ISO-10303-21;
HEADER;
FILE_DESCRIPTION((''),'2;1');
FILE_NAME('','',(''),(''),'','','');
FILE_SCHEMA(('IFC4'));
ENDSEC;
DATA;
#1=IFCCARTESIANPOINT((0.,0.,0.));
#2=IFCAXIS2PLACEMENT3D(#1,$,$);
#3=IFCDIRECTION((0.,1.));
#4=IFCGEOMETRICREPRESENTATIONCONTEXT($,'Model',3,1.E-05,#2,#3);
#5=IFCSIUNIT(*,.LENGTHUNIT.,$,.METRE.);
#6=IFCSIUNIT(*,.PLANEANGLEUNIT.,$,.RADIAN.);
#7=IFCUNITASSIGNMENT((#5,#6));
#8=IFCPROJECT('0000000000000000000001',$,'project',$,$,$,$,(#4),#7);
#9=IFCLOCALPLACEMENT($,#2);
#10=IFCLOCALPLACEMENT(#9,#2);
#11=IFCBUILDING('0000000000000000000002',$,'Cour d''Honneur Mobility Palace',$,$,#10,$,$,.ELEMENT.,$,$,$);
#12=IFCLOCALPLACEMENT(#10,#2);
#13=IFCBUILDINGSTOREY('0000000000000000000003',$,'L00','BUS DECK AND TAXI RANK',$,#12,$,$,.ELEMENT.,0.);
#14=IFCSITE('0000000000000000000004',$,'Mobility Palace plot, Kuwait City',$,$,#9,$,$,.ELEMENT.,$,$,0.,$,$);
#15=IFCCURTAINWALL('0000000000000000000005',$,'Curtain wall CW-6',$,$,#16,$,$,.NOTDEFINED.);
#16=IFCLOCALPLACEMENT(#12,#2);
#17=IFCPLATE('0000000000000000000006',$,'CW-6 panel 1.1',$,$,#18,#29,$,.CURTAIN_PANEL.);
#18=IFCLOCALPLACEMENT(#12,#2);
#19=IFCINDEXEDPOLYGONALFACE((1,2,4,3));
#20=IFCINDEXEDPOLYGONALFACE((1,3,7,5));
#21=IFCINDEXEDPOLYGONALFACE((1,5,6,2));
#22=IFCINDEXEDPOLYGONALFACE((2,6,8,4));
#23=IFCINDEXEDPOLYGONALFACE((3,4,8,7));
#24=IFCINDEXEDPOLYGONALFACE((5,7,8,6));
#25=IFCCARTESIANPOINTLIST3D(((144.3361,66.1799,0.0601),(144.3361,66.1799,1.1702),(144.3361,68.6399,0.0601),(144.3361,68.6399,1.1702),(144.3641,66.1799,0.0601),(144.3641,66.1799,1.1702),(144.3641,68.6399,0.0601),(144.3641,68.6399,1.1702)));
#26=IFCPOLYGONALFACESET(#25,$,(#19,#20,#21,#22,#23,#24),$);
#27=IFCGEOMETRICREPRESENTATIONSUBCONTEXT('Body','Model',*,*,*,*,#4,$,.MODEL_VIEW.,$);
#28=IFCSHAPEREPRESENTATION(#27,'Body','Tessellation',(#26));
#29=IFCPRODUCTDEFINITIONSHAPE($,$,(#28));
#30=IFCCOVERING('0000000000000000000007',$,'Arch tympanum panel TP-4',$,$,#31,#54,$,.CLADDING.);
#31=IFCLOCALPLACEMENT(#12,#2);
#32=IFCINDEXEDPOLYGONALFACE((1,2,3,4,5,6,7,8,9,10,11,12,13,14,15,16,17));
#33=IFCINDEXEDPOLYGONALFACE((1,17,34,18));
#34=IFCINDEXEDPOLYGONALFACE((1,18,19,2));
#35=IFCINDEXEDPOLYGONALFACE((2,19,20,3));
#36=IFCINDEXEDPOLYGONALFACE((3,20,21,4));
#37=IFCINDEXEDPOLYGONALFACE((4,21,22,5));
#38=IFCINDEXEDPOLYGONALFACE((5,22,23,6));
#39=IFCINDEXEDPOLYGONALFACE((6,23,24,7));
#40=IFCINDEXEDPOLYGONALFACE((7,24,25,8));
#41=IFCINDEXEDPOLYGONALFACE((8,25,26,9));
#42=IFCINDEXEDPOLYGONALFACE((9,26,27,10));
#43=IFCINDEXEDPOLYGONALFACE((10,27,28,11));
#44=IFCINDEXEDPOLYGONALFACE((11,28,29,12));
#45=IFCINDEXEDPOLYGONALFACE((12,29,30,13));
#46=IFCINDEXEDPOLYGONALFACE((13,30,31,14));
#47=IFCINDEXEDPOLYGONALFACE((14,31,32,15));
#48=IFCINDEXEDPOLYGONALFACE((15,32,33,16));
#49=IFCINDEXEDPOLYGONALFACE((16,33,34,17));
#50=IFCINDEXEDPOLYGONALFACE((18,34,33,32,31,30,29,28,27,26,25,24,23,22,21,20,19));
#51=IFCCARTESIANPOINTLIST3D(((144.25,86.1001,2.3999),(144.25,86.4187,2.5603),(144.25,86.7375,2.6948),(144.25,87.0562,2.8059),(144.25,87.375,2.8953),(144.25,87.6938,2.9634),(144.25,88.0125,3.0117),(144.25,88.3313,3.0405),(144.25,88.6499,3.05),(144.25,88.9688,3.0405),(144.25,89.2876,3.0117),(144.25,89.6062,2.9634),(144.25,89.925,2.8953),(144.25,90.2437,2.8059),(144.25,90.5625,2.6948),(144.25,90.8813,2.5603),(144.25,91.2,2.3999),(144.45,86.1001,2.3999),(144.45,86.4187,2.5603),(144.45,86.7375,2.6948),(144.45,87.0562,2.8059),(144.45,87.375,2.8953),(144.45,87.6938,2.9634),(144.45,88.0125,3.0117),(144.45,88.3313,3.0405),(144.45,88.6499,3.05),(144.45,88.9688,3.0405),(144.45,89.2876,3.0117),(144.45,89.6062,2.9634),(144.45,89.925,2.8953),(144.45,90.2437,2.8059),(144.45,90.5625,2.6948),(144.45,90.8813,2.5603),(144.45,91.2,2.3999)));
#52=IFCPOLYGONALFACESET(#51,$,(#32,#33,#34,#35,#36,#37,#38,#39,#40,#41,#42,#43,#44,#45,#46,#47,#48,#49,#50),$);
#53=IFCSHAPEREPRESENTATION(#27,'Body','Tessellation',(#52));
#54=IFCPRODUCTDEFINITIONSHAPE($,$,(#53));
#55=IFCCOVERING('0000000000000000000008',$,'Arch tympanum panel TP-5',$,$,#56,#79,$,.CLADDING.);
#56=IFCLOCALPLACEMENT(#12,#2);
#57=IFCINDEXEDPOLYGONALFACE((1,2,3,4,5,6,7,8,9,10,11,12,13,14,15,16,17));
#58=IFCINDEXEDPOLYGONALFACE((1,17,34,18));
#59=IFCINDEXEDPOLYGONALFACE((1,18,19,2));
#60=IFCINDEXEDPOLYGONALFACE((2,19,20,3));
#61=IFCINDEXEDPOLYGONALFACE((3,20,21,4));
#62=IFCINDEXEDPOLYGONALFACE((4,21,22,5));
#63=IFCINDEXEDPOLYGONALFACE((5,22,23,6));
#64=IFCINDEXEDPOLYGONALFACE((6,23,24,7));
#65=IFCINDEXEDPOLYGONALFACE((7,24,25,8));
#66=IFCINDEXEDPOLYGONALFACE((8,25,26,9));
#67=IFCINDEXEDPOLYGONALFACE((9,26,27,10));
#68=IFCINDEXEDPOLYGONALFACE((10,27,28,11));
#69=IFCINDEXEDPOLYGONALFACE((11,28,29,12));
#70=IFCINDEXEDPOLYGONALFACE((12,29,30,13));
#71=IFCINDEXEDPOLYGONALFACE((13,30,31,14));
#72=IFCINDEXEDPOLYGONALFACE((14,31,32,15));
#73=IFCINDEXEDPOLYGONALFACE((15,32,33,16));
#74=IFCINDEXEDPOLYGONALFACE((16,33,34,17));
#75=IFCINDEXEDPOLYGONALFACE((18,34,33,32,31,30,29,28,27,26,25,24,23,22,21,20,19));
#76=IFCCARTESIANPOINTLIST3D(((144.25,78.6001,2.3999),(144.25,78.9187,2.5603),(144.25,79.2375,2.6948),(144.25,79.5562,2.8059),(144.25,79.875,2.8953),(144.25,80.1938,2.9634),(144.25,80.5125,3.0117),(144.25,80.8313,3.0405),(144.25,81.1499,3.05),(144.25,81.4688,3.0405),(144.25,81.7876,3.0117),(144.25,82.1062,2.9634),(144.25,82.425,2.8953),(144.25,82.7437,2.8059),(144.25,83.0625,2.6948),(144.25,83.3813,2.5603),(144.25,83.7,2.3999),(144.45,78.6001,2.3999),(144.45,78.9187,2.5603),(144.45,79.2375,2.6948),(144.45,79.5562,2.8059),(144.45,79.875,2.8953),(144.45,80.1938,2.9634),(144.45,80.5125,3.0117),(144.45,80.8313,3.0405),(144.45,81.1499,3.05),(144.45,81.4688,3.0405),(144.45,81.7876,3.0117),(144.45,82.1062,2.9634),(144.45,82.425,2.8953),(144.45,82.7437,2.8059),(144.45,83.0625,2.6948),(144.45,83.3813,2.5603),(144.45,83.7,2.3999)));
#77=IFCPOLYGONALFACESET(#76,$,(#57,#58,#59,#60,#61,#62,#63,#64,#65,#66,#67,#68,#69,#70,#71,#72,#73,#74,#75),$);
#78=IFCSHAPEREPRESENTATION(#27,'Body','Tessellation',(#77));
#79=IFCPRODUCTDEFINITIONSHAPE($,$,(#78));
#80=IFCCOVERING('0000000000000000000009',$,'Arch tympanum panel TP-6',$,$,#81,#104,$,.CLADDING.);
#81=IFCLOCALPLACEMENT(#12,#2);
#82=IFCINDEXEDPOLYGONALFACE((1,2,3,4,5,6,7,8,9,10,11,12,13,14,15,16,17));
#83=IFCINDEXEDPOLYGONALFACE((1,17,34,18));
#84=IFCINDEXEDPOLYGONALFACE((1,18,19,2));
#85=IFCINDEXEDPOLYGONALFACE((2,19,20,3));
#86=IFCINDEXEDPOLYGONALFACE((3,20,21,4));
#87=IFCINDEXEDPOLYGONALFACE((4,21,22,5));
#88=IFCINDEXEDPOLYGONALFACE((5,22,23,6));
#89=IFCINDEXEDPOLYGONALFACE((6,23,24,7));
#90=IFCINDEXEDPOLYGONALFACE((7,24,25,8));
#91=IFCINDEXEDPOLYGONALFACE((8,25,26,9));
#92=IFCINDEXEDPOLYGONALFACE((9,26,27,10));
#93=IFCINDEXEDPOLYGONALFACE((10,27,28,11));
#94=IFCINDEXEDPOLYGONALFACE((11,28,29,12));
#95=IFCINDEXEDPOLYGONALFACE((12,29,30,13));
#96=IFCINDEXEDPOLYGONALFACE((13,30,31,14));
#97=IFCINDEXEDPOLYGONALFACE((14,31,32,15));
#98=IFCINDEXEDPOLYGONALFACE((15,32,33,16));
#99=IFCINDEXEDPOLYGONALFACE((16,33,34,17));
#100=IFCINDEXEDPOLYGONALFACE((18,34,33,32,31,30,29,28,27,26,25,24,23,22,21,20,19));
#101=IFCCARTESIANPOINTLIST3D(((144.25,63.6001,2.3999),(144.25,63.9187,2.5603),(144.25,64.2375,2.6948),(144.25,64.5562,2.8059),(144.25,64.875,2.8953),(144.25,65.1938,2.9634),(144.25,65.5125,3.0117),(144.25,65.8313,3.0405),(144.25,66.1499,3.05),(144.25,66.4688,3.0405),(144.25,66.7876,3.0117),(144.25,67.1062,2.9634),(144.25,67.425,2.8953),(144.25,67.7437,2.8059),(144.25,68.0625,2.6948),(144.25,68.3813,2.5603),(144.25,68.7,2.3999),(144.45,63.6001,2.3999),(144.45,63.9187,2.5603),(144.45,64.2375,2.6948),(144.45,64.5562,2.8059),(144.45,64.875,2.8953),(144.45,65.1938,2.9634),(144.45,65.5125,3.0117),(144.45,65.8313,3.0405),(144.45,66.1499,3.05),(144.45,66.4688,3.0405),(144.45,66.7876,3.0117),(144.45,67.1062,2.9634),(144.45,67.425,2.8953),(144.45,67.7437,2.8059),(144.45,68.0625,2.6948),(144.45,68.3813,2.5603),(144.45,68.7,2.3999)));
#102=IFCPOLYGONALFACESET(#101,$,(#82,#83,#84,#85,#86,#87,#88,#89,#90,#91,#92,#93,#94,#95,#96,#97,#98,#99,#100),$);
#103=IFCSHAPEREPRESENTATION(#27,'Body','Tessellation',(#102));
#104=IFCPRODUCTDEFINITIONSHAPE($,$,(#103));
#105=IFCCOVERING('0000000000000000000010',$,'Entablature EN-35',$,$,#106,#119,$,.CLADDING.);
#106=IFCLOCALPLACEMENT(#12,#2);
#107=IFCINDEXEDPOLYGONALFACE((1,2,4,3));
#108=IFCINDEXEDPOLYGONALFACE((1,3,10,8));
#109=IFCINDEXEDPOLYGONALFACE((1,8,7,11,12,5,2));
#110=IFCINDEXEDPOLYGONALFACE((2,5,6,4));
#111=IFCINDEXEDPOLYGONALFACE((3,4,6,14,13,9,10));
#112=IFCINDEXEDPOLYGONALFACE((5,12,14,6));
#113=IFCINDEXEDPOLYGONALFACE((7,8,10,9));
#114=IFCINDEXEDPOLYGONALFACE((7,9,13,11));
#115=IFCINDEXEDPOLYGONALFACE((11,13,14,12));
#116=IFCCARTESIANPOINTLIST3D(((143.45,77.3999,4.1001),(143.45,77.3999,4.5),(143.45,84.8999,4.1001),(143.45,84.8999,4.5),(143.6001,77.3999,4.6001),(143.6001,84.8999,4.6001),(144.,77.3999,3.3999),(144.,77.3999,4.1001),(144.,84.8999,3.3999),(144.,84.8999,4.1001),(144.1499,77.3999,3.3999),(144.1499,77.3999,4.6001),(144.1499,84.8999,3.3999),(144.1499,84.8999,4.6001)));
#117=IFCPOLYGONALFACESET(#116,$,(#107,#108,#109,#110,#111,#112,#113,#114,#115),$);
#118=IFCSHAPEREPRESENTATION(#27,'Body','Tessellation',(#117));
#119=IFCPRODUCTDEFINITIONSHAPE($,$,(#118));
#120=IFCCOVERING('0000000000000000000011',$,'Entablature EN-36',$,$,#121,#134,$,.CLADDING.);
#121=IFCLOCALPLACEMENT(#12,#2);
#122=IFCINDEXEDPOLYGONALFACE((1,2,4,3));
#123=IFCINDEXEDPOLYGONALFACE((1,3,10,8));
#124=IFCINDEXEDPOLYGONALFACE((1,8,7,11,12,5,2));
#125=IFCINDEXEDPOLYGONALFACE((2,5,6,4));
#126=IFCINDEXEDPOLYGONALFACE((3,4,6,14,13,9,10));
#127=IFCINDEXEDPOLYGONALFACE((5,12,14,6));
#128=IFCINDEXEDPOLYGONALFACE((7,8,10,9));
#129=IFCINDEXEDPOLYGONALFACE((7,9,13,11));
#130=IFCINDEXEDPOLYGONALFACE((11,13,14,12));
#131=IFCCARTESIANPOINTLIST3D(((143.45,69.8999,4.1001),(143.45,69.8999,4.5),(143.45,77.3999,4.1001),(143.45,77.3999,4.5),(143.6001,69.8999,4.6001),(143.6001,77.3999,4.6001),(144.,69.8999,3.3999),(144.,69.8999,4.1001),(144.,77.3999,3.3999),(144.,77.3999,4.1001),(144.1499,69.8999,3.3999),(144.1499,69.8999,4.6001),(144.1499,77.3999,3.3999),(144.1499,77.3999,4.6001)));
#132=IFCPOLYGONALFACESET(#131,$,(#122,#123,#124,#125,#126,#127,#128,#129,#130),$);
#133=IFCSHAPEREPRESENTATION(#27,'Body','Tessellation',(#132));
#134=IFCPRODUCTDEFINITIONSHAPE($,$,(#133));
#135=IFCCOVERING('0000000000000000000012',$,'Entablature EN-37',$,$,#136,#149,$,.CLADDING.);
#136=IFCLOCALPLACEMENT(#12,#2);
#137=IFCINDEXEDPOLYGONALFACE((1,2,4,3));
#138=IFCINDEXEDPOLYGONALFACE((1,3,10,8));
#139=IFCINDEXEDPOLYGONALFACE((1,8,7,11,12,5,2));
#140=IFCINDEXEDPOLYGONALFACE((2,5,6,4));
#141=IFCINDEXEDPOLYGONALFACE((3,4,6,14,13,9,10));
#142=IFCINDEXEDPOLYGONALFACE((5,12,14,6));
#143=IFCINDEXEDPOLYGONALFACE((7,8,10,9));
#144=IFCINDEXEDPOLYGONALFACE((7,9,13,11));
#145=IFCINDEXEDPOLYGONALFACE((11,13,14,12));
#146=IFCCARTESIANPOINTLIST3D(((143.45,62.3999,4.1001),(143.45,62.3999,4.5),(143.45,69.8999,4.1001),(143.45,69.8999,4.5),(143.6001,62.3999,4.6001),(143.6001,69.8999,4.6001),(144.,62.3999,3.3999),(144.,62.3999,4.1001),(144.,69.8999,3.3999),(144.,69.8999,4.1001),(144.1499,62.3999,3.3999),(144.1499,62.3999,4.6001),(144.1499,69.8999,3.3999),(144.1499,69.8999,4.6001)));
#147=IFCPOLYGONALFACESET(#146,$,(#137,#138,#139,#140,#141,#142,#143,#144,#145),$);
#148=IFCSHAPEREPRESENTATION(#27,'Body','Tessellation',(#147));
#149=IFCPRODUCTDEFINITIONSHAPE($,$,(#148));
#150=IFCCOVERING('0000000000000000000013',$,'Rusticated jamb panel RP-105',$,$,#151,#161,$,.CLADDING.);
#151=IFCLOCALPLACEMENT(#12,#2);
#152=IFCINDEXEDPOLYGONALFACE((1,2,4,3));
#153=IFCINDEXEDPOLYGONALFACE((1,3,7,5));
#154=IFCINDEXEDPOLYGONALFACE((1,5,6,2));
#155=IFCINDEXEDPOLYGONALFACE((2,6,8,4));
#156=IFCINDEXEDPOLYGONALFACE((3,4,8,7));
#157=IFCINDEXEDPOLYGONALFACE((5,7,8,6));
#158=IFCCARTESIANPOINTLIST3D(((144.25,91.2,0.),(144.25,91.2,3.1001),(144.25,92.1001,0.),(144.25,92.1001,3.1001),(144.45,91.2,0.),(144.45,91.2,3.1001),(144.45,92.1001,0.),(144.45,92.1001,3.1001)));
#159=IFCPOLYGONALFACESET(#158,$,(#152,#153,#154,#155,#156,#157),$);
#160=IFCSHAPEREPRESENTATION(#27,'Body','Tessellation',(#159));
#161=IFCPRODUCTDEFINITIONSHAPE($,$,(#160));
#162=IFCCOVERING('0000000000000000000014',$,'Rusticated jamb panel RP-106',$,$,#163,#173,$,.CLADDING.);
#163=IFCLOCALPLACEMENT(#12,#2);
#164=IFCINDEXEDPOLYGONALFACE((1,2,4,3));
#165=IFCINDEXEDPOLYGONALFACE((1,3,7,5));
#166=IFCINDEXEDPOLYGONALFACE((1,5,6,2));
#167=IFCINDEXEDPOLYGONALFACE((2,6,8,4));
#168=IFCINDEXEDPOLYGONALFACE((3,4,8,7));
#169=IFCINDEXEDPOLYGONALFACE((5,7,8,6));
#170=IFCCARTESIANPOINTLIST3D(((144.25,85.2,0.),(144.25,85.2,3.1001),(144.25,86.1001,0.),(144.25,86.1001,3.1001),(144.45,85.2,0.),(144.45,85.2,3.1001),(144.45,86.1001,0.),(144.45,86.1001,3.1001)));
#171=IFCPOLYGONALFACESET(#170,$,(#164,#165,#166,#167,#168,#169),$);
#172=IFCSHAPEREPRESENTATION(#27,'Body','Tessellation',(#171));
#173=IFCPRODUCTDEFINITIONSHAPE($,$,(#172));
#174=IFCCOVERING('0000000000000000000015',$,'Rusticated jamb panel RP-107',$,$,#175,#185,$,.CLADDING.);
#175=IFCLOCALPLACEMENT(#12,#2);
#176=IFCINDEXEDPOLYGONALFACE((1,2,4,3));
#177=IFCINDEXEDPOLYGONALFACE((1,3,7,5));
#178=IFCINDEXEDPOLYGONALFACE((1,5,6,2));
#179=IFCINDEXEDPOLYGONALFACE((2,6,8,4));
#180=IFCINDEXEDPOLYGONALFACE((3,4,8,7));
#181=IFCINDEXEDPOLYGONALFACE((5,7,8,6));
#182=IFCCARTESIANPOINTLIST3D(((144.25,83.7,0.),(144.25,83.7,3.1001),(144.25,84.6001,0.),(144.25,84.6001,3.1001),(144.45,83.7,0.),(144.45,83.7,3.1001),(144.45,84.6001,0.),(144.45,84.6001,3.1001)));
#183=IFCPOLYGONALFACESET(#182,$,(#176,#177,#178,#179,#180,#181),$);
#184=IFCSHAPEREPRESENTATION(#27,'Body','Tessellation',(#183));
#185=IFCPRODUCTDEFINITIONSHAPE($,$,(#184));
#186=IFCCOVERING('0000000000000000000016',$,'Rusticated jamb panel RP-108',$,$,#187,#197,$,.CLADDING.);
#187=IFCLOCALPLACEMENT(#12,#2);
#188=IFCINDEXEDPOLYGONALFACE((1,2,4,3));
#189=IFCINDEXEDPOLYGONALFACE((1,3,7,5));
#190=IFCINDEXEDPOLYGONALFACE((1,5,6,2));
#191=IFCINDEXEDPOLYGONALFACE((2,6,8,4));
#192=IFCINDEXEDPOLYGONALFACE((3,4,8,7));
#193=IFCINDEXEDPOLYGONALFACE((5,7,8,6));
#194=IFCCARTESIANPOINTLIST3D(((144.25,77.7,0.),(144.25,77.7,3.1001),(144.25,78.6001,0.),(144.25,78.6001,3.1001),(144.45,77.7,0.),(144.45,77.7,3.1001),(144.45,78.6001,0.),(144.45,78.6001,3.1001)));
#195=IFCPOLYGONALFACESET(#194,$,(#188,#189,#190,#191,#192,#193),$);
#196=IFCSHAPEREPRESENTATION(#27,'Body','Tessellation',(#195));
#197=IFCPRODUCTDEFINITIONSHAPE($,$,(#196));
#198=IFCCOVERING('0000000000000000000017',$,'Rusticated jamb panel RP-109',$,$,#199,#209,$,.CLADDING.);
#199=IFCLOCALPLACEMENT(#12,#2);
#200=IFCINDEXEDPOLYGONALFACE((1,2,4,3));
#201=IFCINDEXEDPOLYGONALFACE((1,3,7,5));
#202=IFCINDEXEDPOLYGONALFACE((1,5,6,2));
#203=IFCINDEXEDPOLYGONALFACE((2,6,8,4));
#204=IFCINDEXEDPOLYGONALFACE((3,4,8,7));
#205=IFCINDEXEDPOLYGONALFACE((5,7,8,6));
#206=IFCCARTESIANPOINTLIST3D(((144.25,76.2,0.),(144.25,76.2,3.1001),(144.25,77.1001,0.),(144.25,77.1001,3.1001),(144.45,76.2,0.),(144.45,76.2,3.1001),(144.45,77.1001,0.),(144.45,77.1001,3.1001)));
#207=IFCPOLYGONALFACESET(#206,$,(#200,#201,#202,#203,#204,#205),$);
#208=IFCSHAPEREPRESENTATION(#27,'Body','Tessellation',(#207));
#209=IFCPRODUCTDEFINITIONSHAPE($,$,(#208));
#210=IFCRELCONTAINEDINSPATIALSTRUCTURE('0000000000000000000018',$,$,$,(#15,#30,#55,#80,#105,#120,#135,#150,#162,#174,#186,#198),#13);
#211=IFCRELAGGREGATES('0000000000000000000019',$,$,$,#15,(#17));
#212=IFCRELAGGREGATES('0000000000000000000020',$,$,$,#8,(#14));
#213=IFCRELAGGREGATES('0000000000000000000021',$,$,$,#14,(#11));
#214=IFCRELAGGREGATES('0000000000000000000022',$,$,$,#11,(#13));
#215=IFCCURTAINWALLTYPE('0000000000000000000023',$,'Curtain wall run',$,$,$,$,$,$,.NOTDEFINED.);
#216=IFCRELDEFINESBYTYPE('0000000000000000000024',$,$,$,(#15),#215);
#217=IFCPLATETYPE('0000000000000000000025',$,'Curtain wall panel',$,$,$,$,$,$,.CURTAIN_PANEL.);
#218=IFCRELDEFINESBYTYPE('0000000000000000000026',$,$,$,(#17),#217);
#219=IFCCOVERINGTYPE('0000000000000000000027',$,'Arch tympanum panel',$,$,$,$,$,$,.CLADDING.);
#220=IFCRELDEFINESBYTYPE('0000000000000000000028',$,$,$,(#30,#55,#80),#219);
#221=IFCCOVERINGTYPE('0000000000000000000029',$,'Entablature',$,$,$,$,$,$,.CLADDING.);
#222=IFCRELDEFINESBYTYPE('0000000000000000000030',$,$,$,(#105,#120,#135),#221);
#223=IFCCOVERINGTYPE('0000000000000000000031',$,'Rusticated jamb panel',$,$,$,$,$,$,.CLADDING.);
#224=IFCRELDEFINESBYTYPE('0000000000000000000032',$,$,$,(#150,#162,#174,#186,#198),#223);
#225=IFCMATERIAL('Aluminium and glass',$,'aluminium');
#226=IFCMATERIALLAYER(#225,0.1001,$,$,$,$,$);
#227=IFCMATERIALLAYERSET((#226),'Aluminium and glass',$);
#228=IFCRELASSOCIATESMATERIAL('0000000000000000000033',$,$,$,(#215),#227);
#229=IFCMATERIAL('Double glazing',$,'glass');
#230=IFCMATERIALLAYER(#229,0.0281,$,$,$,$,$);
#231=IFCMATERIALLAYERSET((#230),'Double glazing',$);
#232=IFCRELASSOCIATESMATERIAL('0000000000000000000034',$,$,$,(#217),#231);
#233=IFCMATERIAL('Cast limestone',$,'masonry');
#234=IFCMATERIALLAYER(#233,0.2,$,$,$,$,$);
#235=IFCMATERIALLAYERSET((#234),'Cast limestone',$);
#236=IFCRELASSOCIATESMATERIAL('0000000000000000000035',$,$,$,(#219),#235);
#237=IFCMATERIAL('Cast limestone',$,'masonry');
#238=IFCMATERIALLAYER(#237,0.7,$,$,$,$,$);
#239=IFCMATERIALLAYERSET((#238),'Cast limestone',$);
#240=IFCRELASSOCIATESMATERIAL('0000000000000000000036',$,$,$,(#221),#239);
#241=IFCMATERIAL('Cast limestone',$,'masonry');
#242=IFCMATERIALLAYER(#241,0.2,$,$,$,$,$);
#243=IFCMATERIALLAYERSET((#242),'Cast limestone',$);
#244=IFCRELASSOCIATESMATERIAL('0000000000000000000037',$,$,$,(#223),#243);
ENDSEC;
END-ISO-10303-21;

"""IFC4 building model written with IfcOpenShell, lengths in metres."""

from ifc_helpers import new_model, si_unit, direction, frame, origin, origin_2d, place, context, subcontext, project, spatial, polyline, rectangle, outline, extrude, material, layer, layer_set, type_object, element, aggregate, save


model = new_model("IFC4")

# Units and contexts
model_context = context("Model", 3, precision=1e-05, world=origin(), true_north=direction((0.0, 1.0)))
body_context = subcontext(model_context, "Body", "Model", "MODEL_VIEW")
ifc_project = project(units=[si_unit("LENGTHUNIT", "METRE"), si_unit("PLANEANGLEUNIT", "RADIAN")], contexts=[model_context])

# Site, building, storey
site_placement = place(None, origin())
site = spatial("IfcSite", under=ifc_project, at=site_placement, Name="Mobility Palace plot, Kuwait City", CompositionType="ELEMENT", RefElevation=0.0)
building_placement = place(site_placement, origin())
building = spatial("IfcBuilding", under=site, at=building_placement, Name="Cour d'Honneur Mobility Palace", CompositionType="ELEMENT")
storey_placement = place(building_placement, origin())
storey = spatial("IfcBuildingStorey", under=building, at=storey_placement, Name="L00", Description="BUS DECK AND TAXI RANK", CompositionType="ELEMENT", Elevation=0.0)

# Curtain wall, plate
ifc_material_1 = material(Name="Aluminium and glass", Category="aluminium")
ifc_layer_1 = layer(ifc_material_1, 0.1001)
ifc_layer_set_1 = layer_set([ifc_layer_1], Name="Aluminium and glass")
curtain_wall_type = type_object("IfcCurtainWallType", Name="Curtain wall run", PredefinedType="NOTDEFINED", material=ifc_layer_set_1)
curtain_wall_placement = place(storey_placement, origin())
curtain_wall = element("IfcCurtainWall", 1, at=curtain_wall_placement, inside=storey, type_object=curtain_wall_type, Name="Curtain wall CW-6", PredefinedType="NOTDEFINED")
ifc_material_2 = material(Name="Double glazing", Category="glass")
ifc_layer_2 = layer(ifc_material_2, 0.0281)
ifc_layer_set_2 = layer_set([ifc_layer_2], Name="Double glazing")
plate_type = type_object("IfcPlateType", Name="Curtain wall panel", PredefinedType="CURTAIN_PANEL", material=ifc_layer_set_2)
plate_placement = place(storey_placement, frame((144.3501, 67.4099, 0.0601), z_axis=(0.0, 0.0, 1.0), x_axis=(0.0, -1.0, 0.0)))
plate = element("IfcPlate", 2, at=plate_placement, type_object=plate_type, Name="CW-6 panel 1.1", PredefinedType="CURTAIN_PANEL", context=body_context, shape_type="SweptSolid", body=[
    extrude(rectangle(XDim=2.46, YDim=0.0281, at=origin_2d()), origin(), (0.0, 0.0, 1.0), 1.1101),
])
aggregate(curtain_wall, [plate])

# Coverings
ifc_material_3 = material(Name="Cast limestone", Category="masonry")
ifc_layer_3 = layer(ifc_material_3, 0.2)
ifc_layer_set_3 = layer_set([ifc_layer_3], Name="Cast limestone")
covering_type_1 = type_object("IfcCoveringType", Name="Arch tympanum panel", PredefinedType="CLADDING", material=ifc_layer_set_3)
for number, where, z_axis, x_axis, name in (
    (3, (144.25, 91.2, 2.3999), (-1.0, 0.0, 0.0), (0.0, -1.0, 0.0), "Arch tympanum panel TP-4"),
    (4, (144.25, 83.7, 2.3999), (-1.0, 0.0, 0.0), (0.0, -1.0, 0.0), "Arch tympanum panel TP-5"),
    (5, (144.25, 68.7, 2.3999), (-1.0, 0.0, 0.0), (0.0, -1.0, 0.0), "Arch tympanum panel TP-6"),
):
    element("IfcCovering", number, at=place(storey_placement, frame(where, z_axis=z_axis, x_axis=x_axis)), inside=storey, type_object=covering_type_1, Name=name, PredefinedType="CLADDING", context=body_context, shape_type="SweptSolid", body=[
        extrude(outline(polyline([(0.0, 0.0), (5.0999, 0.0), (5.0999, 0.0), (4.7812, 0.1604), (4.4624, 0.2949), (4.1438, 0.406), (3.825, 0.4954), (3.5061, 0.5635), (3.1875, 0.6118), (2.8687, 0.6406), (2.55, 0.6501), (2.2312, 0.6406), (1.9124, 0.6118), (1.5938, 0.5635), (1.2749, 0.4954), (0.9563, 0.406), (0.6375, 0.2949), (0.3186, 0.1604), (0.0, 0.0), (0.0, 0.0)])), origin(), (0.0, 0.0, -1.0), 0.2),
    ])
ifc_material_4 = material(Name="Cast limestone", Category="masonry")
ifc_layer_4 = layer(ifc_material_4, 0.7)
ifc_layer_set_4 = layer_set([ifc_layer_4], Name="Cast limestone")
covering_type_2 = type_object("IfcCoveringType", Name="Entablature", PredefinedType="CLADDING", material=ifc_layer_set_4)
for number, where, z_axis, x_axis, name in (
    (6, (144.1499, 84.8999, 3.3999), (0.0, 1.0, 0.0), (-1.0, 0.0, 0.0), "Entablature EN-35"),
    (7, (144.1499, 77.3999, 3.3999), (0.0, 1.0, 0.0), (-1.0, 0.0, 0.0), "Entablature EN-36"),
    (8, (144.1499, 69.8999, 3.3999), (0.0, 1.0, 0.0), (-1.0, 0.0, 0.0), "Entablature EN-37"),
):
    element("IfcCovering", number, at=place(storey_placement, frame(where, z_axis=z_axis, x_axis=x_axis)), inside=storey, type_object=covering_type_2, Name=name, PredefinedType="CLADDING", context=body_context, shape_type="SweptSolid", body=[
        extrude(outline(polyline([(0.0, 0.0), (0.1499, 0.0), (0.1499, 0.7002), (0.7, 0.7002), (0.7, 1.1001), (0.5498, 1.2002), (0.0, 1.2002), (0.0, 0.0)])), origin(), (0.0, 0.0, -1.0), 7.5),
    ])
ifc_material_5 = material(Name="Cast limestone", Category="masonry")
ifc_layer_5 = layer(ifc_material_5, 0.2)
ifc_layer_set_5 = layer_set([ifc_layer_5], Name="Cast limestone")
covering_type_3 = type_object("IfcCoveringType", Name="Rusticated jamb panel", PredefinedType="CLADDING", material=ifc_layer_set_5)
for number, where, z_axis, x_axis, name in (
    (9, (144.25, 92.1001, 0.0), (-1.0, 0.0, 0.0), (0.0, -1.0, 0.0), "Rusticated jamb panel RP-105"),
    (10, (144.25, 86.1001, 0.0), (-1.0, 0.0, 0.0), (0.0, -1.0, 0.0), "Rusticated jamb panel RP-106"),
    (11, (144.25, 84.6001, 0.0), (-1.0, 0.0, 0.0), (0.0, -1.0, 0.0), "Rusticated jamb panel RP-107"),
    (12, (144.25, 78.6001, 0.0), (-1.0, 0.0, 0.0), (0.0, -1.0, 0.0), "Rusticated jamb panel RP-108"),
    (13, (144.25, 77.1001, 0.0), (-1.0, 0.0, 0.0), (0.0, -1.0, 0.0), "Rusticated jamb panel RP-109"),
):
    element("IfcCovering", number, at=place(storey_placement, frame(where, z_axis=z_axis, x_axis=x_axis)), inside=storey, type_object=covering_type_3, Name=name, PredefinedType="CLADDING", context=body_context, shape_type="SweptSolid", body=[
        extrude(outline(polyline([(0.0, 0.0), (0.9001, 0.0), (0.9001, 3.1001), (0.0, 3.1001), (0.0, 0.0)])), origin(), (0.0, 0.0, -1.0), 0.2),
    ])

save(model, "model.ifc")
